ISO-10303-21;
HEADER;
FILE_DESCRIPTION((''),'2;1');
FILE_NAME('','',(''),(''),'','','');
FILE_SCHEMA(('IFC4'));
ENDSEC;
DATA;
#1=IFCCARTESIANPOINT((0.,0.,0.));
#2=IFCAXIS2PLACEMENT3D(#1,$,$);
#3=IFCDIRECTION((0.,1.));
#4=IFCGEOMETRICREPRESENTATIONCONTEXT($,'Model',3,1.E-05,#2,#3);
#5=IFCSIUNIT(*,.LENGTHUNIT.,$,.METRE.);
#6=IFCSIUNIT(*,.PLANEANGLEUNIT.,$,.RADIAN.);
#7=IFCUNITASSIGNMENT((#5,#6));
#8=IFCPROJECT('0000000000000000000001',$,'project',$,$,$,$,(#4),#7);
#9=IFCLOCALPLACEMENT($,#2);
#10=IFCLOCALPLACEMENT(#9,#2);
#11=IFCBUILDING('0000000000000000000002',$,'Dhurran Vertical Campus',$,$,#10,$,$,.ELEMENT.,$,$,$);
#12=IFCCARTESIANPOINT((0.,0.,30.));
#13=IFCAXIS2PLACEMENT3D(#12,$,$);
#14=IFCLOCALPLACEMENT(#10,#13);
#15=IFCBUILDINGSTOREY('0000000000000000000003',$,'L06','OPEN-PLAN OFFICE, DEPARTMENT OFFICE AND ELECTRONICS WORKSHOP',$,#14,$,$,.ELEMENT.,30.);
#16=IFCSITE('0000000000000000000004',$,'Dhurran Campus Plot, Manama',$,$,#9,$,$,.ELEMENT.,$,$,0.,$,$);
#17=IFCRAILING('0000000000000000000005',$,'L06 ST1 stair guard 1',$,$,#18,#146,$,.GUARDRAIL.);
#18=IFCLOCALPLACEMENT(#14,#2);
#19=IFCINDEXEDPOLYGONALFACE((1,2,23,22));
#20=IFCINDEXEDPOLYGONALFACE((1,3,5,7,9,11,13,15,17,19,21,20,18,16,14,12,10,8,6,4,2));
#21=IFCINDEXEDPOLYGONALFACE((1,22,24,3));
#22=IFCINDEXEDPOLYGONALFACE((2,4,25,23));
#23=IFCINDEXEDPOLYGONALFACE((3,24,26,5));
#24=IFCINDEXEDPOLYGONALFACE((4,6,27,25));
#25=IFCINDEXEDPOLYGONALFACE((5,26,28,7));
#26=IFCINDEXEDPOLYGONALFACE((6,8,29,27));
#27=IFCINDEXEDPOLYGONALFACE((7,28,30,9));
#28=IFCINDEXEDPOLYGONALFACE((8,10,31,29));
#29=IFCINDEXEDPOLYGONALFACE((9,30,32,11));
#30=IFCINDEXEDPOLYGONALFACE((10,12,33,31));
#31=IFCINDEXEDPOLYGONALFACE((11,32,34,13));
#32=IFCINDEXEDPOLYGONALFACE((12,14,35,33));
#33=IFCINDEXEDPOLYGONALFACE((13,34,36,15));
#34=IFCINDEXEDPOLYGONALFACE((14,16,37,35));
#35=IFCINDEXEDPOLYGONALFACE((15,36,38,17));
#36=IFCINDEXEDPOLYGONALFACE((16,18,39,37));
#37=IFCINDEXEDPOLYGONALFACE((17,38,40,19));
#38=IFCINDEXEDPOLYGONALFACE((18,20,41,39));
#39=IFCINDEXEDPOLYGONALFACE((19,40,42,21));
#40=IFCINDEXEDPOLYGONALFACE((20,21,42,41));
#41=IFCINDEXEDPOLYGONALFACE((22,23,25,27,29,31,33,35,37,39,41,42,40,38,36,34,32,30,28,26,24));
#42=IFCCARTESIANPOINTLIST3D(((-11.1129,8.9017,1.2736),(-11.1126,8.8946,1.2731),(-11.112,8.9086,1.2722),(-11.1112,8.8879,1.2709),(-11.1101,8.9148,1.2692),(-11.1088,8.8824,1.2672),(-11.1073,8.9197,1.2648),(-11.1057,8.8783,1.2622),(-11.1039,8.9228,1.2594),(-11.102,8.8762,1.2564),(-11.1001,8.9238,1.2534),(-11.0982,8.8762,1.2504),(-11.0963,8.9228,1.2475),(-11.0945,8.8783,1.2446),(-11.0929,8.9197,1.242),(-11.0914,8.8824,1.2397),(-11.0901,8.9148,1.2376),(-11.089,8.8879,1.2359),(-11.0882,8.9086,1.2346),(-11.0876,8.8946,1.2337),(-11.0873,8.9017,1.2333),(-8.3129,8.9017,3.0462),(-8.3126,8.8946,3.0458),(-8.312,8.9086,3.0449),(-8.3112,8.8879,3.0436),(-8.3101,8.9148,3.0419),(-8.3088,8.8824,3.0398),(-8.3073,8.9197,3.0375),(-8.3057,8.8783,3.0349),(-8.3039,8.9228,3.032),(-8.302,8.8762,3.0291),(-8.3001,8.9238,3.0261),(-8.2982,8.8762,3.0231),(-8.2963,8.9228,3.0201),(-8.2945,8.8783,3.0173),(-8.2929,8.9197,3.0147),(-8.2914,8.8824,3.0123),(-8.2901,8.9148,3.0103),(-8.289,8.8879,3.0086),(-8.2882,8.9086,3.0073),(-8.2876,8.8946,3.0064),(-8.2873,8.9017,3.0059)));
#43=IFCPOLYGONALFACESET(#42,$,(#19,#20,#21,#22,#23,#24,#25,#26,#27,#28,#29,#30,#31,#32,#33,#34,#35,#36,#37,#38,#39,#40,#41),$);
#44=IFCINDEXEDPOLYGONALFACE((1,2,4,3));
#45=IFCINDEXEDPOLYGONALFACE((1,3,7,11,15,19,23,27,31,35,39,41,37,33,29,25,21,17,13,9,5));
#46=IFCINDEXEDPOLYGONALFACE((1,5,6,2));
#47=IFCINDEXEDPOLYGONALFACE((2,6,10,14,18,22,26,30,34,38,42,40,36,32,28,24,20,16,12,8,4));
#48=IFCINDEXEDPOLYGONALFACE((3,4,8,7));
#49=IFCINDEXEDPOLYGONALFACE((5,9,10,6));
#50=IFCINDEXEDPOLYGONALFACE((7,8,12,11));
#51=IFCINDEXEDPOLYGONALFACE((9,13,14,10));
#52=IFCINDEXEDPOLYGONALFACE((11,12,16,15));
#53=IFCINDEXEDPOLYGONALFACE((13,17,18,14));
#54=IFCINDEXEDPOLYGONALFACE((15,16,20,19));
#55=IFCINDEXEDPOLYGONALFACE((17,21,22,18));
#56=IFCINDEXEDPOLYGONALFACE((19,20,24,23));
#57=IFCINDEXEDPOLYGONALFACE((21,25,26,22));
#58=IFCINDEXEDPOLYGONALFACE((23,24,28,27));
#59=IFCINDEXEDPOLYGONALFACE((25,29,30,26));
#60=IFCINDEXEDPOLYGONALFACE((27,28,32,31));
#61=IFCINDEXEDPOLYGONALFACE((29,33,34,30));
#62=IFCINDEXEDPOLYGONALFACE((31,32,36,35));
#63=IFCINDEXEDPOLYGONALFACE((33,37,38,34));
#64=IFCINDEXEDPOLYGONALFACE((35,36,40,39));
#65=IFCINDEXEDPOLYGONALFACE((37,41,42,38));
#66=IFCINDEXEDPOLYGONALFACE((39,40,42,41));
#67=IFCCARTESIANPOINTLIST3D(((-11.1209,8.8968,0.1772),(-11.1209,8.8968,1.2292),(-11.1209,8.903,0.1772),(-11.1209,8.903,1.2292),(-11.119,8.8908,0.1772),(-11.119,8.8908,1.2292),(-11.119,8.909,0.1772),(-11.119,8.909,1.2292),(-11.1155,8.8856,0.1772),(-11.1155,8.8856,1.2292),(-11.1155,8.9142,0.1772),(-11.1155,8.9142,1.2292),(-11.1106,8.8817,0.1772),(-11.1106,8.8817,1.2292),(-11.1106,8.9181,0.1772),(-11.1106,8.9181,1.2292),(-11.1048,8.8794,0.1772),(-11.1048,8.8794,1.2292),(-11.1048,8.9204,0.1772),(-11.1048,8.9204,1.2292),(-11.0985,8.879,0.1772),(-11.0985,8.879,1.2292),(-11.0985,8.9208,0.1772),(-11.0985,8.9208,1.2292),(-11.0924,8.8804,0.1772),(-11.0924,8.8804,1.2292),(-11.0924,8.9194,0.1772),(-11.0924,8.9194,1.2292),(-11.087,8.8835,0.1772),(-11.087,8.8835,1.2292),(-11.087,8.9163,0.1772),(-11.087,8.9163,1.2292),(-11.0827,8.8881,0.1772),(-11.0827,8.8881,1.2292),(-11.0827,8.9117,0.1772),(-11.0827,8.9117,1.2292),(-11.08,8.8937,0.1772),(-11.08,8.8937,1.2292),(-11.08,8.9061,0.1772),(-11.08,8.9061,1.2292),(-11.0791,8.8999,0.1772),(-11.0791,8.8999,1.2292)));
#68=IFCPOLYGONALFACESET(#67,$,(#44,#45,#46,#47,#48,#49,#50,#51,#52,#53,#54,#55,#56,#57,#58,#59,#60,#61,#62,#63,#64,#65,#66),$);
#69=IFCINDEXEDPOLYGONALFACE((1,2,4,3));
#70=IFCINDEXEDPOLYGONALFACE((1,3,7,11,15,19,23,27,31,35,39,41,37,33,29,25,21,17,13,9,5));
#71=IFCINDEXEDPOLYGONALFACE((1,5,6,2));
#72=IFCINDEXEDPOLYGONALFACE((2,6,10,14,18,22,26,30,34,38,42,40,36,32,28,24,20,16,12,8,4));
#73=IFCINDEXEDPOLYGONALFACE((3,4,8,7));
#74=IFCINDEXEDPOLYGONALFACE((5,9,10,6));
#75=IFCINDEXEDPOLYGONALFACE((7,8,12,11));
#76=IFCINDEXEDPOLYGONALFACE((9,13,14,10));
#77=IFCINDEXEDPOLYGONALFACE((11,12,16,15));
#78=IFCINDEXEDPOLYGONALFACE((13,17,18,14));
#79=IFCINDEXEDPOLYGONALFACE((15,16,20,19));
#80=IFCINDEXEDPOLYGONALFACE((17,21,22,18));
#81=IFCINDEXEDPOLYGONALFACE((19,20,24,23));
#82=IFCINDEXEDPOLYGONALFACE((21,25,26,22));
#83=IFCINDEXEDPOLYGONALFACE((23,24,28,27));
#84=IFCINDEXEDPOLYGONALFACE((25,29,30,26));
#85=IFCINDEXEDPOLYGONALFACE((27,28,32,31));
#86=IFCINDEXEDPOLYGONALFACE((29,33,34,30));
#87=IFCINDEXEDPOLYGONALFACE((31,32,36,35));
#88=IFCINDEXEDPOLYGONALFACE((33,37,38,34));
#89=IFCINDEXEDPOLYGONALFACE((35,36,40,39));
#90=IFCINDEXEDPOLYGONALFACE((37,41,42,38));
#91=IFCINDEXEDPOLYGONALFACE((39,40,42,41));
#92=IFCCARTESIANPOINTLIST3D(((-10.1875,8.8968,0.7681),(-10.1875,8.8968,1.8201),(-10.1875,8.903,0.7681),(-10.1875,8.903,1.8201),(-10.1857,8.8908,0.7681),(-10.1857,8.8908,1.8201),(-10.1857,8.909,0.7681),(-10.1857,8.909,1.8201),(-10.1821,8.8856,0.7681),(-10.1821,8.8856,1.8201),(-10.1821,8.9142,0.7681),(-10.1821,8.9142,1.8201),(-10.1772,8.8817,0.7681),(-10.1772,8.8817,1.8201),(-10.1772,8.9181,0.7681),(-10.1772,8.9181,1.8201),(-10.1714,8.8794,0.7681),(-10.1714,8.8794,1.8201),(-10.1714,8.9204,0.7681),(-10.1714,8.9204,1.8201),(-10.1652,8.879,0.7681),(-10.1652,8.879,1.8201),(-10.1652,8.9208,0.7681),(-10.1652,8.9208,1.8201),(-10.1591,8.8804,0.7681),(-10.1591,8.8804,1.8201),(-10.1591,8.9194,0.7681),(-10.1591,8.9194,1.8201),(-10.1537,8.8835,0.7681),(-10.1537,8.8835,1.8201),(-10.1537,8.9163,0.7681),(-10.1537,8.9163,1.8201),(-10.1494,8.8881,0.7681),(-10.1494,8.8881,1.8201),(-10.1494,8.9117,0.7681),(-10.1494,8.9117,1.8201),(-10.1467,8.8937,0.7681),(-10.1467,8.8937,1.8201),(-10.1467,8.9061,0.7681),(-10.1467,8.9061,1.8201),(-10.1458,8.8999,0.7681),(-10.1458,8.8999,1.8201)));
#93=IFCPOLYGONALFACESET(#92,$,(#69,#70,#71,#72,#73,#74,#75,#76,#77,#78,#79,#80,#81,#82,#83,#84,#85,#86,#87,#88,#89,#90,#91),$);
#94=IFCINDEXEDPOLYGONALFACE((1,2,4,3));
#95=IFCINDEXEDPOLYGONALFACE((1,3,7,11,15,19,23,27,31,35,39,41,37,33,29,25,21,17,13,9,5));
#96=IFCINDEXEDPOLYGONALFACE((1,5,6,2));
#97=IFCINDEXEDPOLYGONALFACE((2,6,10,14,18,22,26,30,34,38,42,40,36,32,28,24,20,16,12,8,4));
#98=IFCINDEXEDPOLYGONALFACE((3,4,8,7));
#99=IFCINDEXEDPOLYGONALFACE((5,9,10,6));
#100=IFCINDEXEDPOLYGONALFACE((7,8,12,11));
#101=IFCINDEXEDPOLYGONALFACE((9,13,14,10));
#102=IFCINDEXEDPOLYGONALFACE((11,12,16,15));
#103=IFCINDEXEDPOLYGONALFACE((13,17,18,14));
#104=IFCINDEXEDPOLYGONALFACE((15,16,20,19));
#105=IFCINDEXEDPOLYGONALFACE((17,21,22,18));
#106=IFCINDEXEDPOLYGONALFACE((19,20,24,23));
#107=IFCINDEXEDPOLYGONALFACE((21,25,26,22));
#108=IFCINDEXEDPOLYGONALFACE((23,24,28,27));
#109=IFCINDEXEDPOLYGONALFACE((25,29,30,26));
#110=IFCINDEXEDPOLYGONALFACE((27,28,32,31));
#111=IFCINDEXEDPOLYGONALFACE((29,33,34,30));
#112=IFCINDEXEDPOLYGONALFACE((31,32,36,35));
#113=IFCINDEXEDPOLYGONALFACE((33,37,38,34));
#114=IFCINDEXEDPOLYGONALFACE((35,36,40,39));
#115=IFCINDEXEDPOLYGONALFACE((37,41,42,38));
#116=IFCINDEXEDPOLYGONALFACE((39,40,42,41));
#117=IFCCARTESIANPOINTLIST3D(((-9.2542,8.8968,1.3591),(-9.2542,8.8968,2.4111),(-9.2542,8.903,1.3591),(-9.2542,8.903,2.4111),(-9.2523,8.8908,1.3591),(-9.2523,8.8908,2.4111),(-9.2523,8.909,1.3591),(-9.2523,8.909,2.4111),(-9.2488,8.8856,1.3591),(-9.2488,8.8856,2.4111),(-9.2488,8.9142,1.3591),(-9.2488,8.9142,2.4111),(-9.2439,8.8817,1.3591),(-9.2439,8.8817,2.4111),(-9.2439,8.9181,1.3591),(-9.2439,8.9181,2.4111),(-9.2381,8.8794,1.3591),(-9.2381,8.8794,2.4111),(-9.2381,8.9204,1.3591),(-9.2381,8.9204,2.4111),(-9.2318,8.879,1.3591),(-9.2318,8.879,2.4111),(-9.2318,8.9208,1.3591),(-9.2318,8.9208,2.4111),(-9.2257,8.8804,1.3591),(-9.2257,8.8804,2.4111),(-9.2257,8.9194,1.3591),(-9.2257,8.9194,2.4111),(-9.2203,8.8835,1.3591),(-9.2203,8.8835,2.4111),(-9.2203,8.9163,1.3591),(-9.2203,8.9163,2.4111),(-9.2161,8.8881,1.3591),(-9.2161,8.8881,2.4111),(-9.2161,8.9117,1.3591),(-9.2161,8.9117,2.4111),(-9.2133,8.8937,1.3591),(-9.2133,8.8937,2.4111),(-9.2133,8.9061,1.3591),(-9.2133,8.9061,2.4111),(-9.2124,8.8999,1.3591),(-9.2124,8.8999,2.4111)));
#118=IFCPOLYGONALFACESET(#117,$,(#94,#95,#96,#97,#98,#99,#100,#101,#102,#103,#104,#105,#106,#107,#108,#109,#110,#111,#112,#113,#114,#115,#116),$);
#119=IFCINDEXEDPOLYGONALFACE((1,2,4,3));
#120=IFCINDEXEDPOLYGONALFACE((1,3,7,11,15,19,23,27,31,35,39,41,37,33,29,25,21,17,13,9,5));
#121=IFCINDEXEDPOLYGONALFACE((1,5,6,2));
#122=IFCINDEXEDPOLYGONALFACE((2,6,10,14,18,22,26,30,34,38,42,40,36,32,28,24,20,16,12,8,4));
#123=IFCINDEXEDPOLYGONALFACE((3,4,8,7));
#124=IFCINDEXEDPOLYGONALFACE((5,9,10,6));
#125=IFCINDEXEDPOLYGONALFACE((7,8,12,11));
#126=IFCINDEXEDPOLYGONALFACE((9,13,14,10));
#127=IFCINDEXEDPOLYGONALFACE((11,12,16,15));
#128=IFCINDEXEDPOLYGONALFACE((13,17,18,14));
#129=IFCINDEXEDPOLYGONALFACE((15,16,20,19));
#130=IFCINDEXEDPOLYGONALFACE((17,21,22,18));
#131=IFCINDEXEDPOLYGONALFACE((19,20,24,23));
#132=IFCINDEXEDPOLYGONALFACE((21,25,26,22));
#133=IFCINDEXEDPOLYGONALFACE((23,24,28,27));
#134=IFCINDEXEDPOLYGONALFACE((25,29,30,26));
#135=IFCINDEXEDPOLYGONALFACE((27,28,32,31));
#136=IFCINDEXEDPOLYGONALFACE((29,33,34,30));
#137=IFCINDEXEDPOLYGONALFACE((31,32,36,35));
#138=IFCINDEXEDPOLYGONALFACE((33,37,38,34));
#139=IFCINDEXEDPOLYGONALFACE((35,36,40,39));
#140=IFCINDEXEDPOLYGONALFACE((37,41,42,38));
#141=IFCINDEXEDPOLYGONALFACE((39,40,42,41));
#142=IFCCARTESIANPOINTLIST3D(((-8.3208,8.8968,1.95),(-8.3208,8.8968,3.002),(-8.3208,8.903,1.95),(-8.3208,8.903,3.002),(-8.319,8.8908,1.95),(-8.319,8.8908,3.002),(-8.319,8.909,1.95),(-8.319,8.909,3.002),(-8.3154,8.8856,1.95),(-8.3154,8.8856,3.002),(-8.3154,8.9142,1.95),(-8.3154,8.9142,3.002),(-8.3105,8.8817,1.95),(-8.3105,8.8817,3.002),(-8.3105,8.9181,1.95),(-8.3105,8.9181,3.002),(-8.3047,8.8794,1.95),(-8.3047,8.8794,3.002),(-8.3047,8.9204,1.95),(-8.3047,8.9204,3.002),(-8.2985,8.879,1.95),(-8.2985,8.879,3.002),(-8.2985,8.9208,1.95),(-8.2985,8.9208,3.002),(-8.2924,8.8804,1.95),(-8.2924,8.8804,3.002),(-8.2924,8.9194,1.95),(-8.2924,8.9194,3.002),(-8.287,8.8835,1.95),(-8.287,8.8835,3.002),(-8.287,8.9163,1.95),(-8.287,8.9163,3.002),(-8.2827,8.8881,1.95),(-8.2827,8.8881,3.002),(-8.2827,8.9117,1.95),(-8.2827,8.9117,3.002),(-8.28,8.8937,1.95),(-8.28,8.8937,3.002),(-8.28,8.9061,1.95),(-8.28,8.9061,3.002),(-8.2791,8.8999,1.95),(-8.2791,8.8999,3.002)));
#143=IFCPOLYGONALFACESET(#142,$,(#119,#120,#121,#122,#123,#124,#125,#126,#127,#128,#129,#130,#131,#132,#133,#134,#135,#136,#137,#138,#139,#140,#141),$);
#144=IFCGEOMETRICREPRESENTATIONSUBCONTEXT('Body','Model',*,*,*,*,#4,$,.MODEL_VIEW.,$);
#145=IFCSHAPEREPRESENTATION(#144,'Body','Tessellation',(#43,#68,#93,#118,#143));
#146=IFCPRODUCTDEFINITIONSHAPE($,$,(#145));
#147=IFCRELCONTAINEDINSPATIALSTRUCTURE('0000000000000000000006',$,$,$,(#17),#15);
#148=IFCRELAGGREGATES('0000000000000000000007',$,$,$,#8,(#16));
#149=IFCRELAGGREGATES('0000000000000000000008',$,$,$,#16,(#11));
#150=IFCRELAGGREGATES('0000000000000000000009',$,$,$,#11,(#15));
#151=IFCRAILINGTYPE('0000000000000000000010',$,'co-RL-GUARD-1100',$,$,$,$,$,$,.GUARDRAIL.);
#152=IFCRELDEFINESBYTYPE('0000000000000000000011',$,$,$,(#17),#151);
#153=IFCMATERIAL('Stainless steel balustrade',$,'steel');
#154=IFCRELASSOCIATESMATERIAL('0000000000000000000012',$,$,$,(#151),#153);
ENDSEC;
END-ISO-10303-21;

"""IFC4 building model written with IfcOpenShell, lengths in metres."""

from ifc_helpers import new_model, si_unit, direction, frame, origin, origin_2d, place, context, subcontext, project, spatial, circle, extrude, material, type_object, element, save


model = new_model("IFC4")

# Units and contexts
model_context = context("Model", 3, precision=1e-05, world=origin(), true_north=direction((0.0, 1.0)))
body_context = subcontext(model_context, "Body", "Model", "MODEL_VIEW")
ifc_project = project(units=[si_unit("LENGTHUNIT", "METRE"), si_unit("PLANEANGLEUNIT", "RADIAN")], contexts=[model_context])

# Site, building, storey
site_placement = place(None, origin())
site = spatial("IfcSite", under=ifc_project, at=site_placement, Name="Dhurran Campus Plot, Manama", CompositionType="ELEMENT", RefElevation=0.0)
building_placement = place(site_placement, origin())
building = spatial("IfcBuilding", under=site, at=building_placement, Name="Dhurran Vertical Campus", CompositionType="ELEMENT")
storey_placement = place(building_placement, frame((0.0, 0.0, 30.0)))
storey = spatial("IfcBuildingStorey", under=building, at=storey_placement, Name="L06", Description="OPEN-PLAN OFFICE, DEPARTMENT OFFICE AND ELECTRONICS WORKSHOP", CompositionType="ELEMENT", Elevation=30.0)

# Railing
ifc_material_1 = material(Name="Stainless steel balustrade", Category="steel")
railing_type_1 = type_object("IfcRailingType", Name="co-RL-GUARD-1100", PredefinedType="GUARDRAIL", material=ifc_material_1)
railing_1_placement = place(storey_placement, frame((-11.1001, 8.8999, 0.1772)))
element("IfcRailing", 1, at=railing_1_placement, inside=storey, type_object=railing_type_1, Name="L06 ST1 stair guard 1", PredefinedType="GUARDRAIL", context=body_context, shape_type="SweptSolid", body=[
    extrude(circle(Radius=0.0239, at=origin_2d()), frame((0.0, 0.0, 1.0762), z_axis=(0.844909, 0.0, 0.53491), x_axis=(0.0, 1.0, 0.0)), (0.0, 0.0, 1.0), 3.314),
    extrude(circle(Radius=0.021, at=origin_2d()), origin(), (0.0, 0.0, 1.0), 1.052),
    extrude(circle(Radius=0.021, at=origin_2d()), frame((0.9333, 0.0, 0.5908)), (0.0, 0.0, 1.0), 1.052),
    extrude(circle(Radius=0.021, at=origin_2d()), frame((1.8667, 0.0, 1.1819)), (0.0, 0.0, 1.0), 1.052),
    extrude(circle(Radius=0.021, at=origin_2d()), frame((2.8, 0.0, 1.7727)), (0.0, 0.0, 1.0), 1.052),
])

save(model, "model.ifc")
